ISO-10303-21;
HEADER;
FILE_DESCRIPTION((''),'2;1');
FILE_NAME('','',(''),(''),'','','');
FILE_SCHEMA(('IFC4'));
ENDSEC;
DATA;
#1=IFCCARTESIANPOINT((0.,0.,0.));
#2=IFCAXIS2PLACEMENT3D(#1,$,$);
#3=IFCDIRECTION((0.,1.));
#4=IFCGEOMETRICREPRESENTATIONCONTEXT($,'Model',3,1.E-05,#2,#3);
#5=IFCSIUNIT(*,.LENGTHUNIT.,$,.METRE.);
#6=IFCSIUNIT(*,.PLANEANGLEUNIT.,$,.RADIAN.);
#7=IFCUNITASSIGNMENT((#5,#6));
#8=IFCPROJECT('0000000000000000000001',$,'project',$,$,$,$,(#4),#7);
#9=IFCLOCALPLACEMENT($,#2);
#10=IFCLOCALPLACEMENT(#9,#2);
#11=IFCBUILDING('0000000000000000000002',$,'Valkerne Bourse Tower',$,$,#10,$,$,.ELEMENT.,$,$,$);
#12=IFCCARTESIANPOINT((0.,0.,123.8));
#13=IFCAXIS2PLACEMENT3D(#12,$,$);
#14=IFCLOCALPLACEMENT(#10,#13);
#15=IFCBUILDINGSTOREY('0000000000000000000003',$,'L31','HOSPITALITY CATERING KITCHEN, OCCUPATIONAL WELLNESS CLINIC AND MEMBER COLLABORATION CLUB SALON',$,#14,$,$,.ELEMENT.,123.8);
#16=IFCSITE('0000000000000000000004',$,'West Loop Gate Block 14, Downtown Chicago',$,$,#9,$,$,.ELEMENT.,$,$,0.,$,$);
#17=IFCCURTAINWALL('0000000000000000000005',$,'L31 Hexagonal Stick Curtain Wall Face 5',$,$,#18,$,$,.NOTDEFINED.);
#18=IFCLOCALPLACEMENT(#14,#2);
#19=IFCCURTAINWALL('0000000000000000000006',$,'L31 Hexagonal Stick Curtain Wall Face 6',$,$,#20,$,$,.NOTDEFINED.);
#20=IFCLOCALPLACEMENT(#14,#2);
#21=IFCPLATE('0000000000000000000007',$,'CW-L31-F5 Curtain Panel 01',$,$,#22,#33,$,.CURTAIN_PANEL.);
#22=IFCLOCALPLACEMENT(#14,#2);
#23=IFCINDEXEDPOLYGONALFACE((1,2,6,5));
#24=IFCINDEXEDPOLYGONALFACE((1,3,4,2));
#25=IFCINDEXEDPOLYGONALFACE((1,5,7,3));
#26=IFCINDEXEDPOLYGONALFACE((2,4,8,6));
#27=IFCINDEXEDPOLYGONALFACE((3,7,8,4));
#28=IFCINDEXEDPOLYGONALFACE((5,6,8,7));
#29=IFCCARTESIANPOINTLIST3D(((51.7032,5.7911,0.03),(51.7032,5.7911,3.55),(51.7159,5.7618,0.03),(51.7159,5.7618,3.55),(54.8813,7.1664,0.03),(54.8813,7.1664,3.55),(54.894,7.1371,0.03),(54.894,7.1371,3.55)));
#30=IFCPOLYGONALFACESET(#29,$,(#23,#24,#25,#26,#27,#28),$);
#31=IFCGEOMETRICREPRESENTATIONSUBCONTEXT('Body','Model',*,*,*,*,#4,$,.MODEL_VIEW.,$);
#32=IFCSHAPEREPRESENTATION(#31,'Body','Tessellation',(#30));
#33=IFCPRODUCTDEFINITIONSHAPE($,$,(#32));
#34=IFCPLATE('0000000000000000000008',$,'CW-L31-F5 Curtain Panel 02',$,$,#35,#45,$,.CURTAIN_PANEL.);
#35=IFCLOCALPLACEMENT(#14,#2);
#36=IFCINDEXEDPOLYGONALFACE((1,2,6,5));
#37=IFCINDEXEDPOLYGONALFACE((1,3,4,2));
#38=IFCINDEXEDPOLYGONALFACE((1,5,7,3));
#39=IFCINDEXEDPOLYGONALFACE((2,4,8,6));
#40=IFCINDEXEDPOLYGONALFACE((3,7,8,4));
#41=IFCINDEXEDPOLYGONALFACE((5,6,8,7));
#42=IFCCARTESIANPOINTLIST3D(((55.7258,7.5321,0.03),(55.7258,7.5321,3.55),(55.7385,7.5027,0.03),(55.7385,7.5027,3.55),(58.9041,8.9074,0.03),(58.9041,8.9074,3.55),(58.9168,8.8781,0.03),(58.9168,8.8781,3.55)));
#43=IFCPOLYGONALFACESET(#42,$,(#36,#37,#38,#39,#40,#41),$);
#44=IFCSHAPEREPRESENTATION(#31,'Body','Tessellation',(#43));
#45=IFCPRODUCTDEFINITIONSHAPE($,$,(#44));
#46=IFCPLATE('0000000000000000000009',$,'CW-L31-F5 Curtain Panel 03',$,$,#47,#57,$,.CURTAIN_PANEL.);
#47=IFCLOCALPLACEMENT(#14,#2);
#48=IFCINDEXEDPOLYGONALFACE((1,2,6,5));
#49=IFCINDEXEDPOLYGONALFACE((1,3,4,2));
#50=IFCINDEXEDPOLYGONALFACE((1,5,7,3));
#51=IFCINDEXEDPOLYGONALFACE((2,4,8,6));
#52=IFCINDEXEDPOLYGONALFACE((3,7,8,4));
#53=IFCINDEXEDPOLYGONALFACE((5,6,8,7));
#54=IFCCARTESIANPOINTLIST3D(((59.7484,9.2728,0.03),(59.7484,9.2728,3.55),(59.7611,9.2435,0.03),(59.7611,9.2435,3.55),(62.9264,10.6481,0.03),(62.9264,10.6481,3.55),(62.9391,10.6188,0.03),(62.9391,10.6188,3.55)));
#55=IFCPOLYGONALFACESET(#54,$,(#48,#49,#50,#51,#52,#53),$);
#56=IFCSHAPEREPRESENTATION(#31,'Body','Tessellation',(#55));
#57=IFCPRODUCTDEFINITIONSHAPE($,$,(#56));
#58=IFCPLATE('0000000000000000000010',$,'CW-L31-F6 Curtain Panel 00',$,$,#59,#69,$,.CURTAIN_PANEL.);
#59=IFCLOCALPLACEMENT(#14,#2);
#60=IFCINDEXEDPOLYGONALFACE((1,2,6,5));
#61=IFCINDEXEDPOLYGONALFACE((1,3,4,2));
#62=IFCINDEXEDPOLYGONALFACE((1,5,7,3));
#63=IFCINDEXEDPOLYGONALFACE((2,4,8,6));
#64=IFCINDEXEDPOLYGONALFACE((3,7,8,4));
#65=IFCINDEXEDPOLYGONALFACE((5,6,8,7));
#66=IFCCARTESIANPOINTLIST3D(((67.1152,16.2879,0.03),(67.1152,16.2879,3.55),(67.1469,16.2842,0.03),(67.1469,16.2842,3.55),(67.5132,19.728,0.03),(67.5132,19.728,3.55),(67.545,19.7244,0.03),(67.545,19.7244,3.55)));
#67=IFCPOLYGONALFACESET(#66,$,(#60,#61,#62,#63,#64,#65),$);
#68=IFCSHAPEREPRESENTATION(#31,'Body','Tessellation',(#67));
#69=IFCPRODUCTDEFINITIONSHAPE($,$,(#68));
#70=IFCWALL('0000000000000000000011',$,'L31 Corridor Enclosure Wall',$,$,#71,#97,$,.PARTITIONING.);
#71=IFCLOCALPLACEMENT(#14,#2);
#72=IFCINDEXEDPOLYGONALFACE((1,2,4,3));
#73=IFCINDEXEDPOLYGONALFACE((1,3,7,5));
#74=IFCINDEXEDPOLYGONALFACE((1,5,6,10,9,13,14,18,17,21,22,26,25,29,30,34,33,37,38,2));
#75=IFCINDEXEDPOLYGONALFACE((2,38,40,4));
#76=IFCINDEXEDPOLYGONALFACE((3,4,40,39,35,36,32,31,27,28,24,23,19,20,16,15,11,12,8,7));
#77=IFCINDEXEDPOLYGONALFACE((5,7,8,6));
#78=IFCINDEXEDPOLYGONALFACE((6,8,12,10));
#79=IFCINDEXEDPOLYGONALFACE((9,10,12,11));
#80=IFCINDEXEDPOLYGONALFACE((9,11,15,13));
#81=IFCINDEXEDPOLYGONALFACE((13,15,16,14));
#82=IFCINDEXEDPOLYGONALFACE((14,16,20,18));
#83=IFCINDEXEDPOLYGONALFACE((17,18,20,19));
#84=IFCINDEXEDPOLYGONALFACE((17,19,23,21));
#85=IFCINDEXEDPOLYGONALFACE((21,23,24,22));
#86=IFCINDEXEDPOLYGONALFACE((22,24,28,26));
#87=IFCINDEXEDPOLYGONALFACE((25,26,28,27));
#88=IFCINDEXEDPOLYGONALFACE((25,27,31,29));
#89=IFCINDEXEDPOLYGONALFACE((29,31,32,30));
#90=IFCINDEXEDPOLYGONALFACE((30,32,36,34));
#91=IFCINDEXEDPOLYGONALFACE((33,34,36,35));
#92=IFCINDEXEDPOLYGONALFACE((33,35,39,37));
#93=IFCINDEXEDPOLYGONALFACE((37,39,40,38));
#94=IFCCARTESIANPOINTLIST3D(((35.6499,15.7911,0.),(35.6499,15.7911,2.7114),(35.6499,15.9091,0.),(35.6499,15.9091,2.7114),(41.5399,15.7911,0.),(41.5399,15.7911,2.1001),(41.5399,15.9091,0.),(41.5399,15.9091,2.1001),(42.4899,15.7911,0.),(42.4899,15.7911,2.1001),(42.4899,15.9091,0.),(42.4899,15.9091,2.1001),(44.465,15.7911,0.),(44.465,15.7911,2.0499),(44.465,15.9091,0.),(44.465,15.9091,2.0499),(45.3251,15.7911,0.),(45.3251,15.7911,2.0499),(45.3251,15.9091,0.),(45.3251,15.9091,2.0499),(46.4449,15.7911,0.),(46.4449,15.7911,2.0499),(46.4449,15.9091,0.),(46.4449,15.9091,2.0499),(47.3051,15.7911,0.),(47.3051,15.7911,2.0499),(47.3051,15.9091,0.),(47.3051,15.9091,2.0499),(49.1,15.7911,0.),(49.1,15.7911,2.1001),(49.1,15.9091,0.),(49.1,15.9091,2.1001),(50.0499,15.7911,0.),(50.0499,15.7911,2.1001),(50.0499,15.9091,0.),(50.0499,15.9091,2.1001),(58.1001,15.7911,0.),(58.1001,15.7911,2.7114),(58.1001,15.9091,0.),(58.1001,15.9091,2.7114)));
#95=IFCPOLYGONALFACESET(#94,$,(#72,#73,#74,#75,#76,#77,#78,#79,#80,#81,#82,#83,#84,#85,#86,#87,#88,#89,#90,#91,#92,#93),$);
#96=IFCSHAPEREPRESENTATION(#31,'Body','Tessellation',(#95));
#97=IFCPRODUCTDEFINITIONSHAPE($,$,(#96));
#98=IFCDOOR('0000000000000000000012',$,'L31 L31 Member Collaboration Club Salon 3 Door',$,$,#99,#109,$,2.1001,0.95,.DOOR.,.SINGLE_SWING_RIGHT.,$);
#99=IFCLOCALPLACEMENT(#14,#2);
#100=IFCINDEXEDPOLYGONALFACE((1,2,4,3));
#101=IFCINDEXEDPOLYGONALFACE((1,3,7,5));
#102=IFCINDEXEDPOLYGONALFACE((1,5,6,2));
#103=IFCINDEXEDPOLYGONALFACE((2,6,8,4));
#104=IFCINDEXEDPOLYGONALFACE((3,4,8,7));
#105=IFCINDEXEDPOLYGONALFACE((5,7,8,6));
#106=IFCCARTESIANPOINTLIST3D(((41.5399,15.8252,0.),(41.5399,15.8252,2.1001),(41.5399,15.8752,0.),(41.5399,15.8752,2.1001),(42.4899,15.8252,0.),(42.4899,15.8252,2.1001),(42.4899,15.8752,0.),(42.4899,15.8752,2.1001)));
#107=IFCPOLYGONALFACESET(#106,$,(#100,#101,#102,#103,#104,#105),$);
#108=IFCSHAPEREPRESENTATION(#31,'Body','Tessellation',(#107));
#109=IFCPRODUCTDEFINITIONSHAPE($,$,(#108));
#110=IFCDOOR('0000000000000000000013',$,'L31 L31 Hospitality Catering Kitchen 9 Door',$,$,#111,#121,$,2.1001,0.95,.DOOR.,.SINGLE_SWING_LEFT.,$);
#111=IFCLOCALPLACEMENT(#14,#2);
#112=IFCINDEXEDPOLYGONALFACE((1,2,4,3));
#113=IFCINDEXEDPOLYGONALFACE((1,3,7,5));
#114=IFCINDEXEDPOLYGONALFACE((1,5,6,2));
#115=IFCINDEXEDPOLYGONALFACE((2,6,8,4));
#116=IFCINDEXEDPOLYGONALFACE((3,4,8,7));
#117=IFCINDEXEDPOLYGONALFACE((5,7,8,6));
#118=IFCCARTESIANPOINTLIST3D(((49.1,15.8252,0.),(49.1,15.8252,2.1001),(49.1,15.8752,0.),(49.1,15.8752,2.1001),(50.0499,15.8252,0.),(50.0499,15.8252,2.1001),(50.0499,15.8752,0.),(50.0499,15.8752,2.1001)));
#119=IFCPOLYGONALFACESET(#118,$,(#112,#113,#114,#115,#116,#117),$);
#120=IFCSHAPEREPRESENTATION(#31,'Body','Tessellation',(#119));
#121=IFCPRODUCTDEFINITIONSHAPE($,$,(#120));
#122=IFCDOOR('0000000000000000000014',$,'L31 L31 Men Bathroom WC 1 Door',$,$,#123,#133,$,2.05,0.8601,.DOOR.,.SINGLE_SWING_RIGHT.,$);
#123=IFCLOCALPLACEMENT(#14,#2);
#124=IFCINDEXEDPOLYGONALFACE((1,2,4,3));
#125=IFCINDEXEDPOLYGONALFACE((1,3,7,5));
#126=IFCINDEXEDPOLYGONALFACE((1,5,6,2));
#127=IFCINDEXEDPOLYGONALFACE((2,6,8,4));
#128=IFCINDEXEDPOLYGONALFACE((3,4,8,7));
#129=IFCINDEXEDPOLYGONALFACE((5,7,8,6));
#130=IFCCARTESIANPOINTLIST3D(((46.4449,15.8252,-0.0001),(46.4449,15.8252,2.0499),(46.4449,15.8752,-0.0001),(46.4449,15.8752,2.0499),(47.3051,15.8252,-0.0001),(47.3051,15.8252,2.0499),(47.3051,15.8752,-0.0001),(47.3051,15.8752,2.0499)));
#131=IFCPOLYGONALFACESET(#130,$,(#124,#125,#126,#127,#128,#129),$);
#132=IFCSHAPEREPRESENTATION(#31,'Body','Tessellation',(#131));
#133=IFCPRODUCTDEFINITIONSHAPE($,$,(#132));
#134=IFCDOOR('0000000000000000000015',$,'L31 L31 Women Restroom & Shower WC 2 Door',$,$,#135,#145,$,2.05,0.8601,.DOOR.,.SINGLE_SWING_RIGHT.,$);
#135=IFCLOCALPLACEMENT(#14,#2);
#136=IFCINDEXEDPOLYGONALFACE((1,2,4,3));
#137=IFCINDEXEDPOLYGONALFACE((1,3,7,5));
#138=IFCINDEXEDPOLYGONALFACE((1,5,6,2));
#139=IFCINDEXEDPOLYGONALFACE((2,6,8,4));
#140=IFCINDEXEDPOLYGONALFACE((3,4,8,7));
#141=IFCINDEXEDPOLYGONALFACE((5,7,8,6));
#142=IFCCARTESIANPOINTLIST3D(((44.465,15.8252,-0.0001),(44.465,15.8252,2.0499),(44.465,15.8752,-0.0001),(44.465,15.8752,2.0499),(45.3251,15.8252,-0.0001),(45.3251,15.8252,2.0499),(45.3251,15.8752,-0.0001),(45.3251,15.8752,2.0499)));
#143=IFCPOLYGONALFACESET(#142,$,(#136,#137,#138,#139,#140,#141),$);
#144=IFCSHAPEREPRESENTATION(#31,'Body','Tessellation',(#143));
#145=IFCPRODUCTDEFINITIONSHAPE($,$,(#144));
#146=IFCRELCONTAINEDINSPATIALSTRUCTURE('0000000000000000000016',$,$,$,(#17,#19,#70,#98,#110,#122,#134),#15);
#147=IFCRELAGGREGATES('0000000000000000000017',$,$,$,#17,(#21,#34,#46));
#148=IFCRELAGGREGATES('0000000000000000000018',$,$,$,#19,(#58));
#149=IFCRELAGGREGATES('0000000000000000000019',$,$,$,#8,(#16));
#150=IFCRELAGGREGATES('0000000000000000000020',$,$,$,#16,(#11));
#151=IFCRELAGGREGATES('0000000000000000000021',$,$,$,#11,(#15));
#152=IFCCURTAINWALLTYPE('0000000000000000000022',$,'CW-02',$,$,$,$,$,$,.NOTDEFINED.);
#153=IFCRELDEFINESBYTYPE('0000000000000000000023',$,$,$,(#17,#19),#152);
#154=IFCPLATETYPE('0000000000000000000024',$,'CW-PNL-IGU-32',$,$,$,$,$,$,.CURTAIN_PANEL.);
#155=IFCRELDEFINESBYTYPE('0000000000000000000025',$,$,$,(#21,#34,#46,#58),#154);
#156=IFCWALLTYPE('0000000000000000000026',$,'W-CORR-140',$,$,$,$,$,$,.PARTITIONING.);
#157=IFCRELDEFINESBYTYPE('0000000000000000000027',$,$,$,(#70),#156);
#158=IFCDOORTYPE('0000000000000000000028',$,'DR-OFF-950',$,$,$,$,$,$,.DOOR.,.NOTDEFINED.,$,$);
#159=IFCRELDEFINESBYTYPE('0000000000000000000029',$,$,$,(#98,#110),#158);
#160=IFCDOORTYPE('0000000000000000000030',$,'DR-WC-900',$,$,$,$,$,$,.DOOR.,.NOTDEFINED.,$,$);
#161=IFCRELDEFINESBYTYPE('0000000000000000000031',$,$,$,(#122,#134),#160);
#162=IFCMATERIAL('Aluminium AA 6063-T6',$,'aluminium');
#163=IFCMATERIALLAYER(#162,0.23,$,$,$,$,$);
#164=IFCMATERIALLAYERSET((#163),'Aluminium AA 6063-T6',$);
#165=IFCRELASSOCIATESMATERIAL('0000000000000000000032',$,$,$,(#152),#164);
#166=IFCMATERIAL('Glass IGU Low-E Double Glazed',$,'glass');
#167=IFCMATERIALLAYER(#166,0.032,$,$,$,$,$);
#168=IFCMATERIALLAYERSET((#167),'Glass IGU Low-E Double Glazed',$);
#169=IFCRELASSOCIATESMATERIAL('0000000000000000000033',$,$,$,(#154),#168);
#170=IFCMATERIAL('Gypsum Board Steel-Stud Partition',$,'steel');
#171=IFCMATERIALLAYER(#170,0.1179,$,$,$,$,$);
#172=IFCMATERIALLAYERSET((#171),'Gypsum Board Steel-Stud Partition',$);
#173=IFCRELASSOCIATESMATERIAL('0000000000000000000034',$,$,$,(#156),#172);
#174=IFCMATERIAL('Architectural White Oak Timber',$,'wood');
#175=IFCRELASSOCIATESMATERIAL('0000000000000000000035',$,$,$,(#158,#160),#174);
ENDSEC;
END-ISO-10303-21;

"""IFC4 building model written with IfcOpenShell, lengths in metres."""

from ifc_helpers import new_model, si_unit, direction, frame, frame_2d, origin, origin_2d, place, context, subcontext, project, spatial, rectangle, extrude, material, layer, layer_set, type_object, element, fill, aggregate, save


model = new_model("IFC4")

# Units and contexts
model_context = context("Model", 3, precision=1e-05, world=origin(), true_north=direction((0.0, 1.0)))
body_context = subcontext(model_context, "Body", "Model", "MODEL_VIEW")
ifc_project = project(units=[si_unit("LENGTHUNIT", "METRE"), si_unit("PLANEANGLEUNIT", "RADIAN")], contexts=[model_context])

# Site, building, storey
site_placement = place(None, origin())
site = spatial("IfcSite", under=ifc_project, at=site_placement, Name="West Loop Gate Block 14, Downtown Chicago", CompositionType="ELEMENT", RefElevation=0.0)
building_placement = place(site_placement, origin())
building = spatial("IfcBuilding", under=site, at=building_placement, Name="Valkerne Bourse Tower", CompositionType="ELEMENT")
storey_placement = place(building_placement, frame((0.0, 0.0, 123.8)))
storey = spatial("IfcBuildingStorey", under=building, at=storey_placement, Name="L31", Description="HOSPITALITY CATERING KITCHEN, OCCUPATIONAL WELLNESS CLINIC AND MEMBER COLLABORATION CLUB SALON", CompositionType="ELEMENT", Elevation=123.8)

# Curtain walls
ifc_material_1 = material(Name="Aluminium AA 6063-T6", Category="aluminium")
ifc_layer_1 = layer(ifc_material_1, 0.23)
ifc_layer_set_1 = layer_set([ifc_layer_1], Name="Aluminium AA 6063-T6")
curtain_wall_type = type_object("IfcCurtainWallType", Name="CW-02", PredefinedType="NOTDEFINED", material=ifc_layer_set_1)
curtain_wall_1_placement = place(storey_placement, origin())
curtain_wall_1 = element("IfcCurtainWall", 1, at=curtain_wall_1_placement, inside=storey, type_object=curtain_wall_type, Name="L31 Hexagonal Stick Curtain Wall Face 5", PredefinedType="NOTDEFINED")
curtain_wall_2_placement = place(storey_placement, origin())
curtain_wall_2 = element("IfcCurtainWall", 2, at=curtain_wall_2_placement, inside=storey, type_object=curtain_wall_type, Name="L31 Hexagonal Stick Curtain Wall Face 6", PredefinedType="NOTDEFINED")

# Plates
ifc_material_2 = material(Name="Glass IGU Low-E Double Glazed", Category="glass")
ifc_layer_2 = layer(ifc_material_2, 0.032)
ifc_layer_set_2 = layer_set([ifc_layer_2], Name="Glass IGU Low-E Double Glazed")
plate_type = type_object("IfcPlateType", Name="CW-PNL-IGU-32", PredefinedType="CURTAIN_PANEL", material=ifc_layer_set_2)
plate_1_placement = place(storey_placement, frame((53.2986, 6.4641, 0.03), z_axis=(0.0, 0.0, 1.0), x_axis=(0.917754, 0.39715, 0.0)))
plate_1 = element("IfcPlate", 3, at=plate_1_placement, type_object=plate_type, Name="CW-L31-F5 Curtain Panel 01", PredefinedType="CURTAIN_PANEL", context=body_context, shape_type="SweptSolid", body=[
    extrude(rectangle(XDim=3.4629, YDim=0.032, at=origin_2d()), origin(), (0.0, 0.0, 1.0), 3.52),
])
plate_2_placement = place(storey_placement, frame((57.3213, 8.2051, 0.03), z_axis=(0.0, 0.0, 1.0), x_axis=(0.917757, 0.397141, 0.0)))
plate_2 = element("IfcPlate", 4, at=plate_2_placement, type_object=plate_type, Name="CW-L31-F5 Curtain Panel 02", PredefinedType="CURTAIN_PANEL", context=body_context, shape_type="SweptSolid", body=[
    extrude(rectangle(XDim=3.4631, YDim=0.032, at=origin_2d()), origin(), (0.0, 0.0, 1.0), 3.52),
])
plate_3_placement = place(storey_placement, frame((61.3438, 9.9458, 0.03), z_axis=(0.0, 0.0, 1.0), x_axis=(0.917754, 0.39715, 0.0)))
plate_3 = element("IfcPlate", 5, at=plate_3_placement, type_object=plate_type, Name="CW-L31-F5 Curtain Panel 03", PredefinedType="CURTAIN_PANEL", context=body_context, shape_type="SweptSolid", body=[
    extrude(rectangle(XDim=3.4629, YDim=0.032, at=origin_2d()), origin(), (0.0, 0.0, 1.0), 3.52),
])
aggregate(curtain_wall_1, [plate_1, plate_2, plate_3])
plate_4_placement = place(storey_placement, frame((67.3301, 18.0061, 0.03), z_axis=(0.0, 0.0, 1.0), x_axis=(0.114943, 0.993372, 0.0)))
plate_4 = element("IfcPlate", 6, at=plate_4_placement, type_object=plate_type, Name="CW-L31-F6 Curtain Panel 00", PredefinedType="CURTAIN_PANEL", context=body_context, shape_type="SweptSolid", body=[
    extrude(rectangle(XDim=3.4631, YDim=0.032, at=origin_2d()), origin(), (0.0, 0.0, 1.0), 3.52),
])
aggregate(curtain_wall_2, [plate_4])

# Wall, openings, doors
ifc_material_3 = material(Name="Gypsum Board Steel-Stud Partition", Category="steel")
ifc_layer_3 = layer(ifc_material_3, 0.1179)
ifc_layer_set_3 = layer_set([ifc_layer_3], Name="Gypsum Board Steel-Stud Partition")
wall_type = type_object("IfcWallType", Name="W-CORR-140", PredefinedType="PARTITIONING", material=ifc_layer_set_3)
wall_placement = place(storey_placement, frame((58.1001, 15.8501, 0.0), z_axis=(0.0, 0.0, 1.0), x_axis=(-1.0, 0.0, 0.0)))
wall = element("IfcWall", 7, at=wall_placement, inside=storey, type_object=wall_type, Name="L31 Corridor Enclosure Wall", PredefinedType="PARTITIONING", context=body_context, shape_type="SweptSolid", body=[
    extrude(rectangle(XDim=22.4502, YDim=0.1179, at=frame_2d((11.2251, 0.0))), origin(), (0.0, 0.0, 1.0), 2.7114),
])
opening_1_placement = place(wall_placement, frame((10.7949, 0.0, 0.0)))
opening_1 = element("IfcOpeningElement", 8, at=opening_1_placement, cuts=wall, PredefinedType="OPENING", context=body_context, shape_type="SweptSolid", body=[
    extrude(rectangle(XDim=0.8601, YDim=2.05, at=frame_2d((0.4302, 1.0249))), frame((0.0, 0.0688, 0.0), z_axis=(0.0, -1.0, 0.0), x_axis=(1.0, 0.0, 0.0)), (0.0, 0.0, 1.0), 0.1379),
])
opening_2_placement = place(wall_placement, frame((12.7749, 0.0, 0.0)))
opening_2 = element("IfcOpeningElement", 9, at=opening_2_placement, cuts=wall, PredefinedType="OPENING", context=body_context, shape_type="SweptSolid", body=[
    extrude(rectangle(XDim=0.8601, YDim=2.05, at=frame_2d((0.4302, 1.0249))), frame((0.0, 0.0688, 0.0), z_axis=(0.0, -1.0, 0.0), x_axis=(1.0, 0.0, 0.0)), (0.0, 0.0, 1.0), 0.1379),
])
opening_3_placement = place(wall_placement, frame((15.6101, 0.0, 0.0)))
opening_3 = element("IfcOpeningElement", 10, at=opening_3_placement, cuts=wall, PredefinedType="OPENING", context=body_context, shape_type="SweptSolid", body=[
    extrude(rectangle(XDim=0.95, YDim=2.1001, at=frame_2d((0.4751, 1.05))), frame((0.0, 0.0688, 0.0), z_axis=(0.0, -1.0, 0.0), x_axis=(1.0, 0.0, 0.0)), (0.0, 0.0, 1.0), 0.1379),
])
opening_4_placement = place(wall_placement, frame((8.05, 0.0, 0.0)))
opening_4 = element("IfcOpeningElement", 11, at=opening_4_placement, cuts=wall, PredefinedType="OPENING", context=body_context, shape_type="SweptSolid", body=[
    extrude(rectangle(XDim=0.95, YDim=2.1001, at=frame_2d((0.4751, 1.05))), frame((0.0, 0.0688, 0.0), z_axis=(0.0, -1.0, 0.0), x_axis=(1.0, 0.0, 0.0)), (0.0, 0.0, 1.0), 0.1379),
])
ifc_material_4 = material(Name="Architectural White Oak Timber", Category="wood")
door_type_1 = type_object("IfcDoorType", Name="DR-OFF-950", OperationType="NOTDEFINED", PredefinedType="DOOR", material=ifc_material_4)
door_1_placement = place(opening_3_placement, origin())
door_1 = element("IfcDoor", 12, at=door_1_placement, inside=storey, type_object=door_type_1, Name="L31 L31 Member Collaboration Club Salon 3 Door", OperationType="SINGLE_SWING_RIGHT", OverallHeight=2.1001, OverallWidth=0.95, PredefinedType="DOOR", context=body_context, shape_type="SweptSolid", body=[
    extrude(rectangle(XDim=0.95, YDim=2.1001, at=frame_2d((0.4751, 1.05))), frame((0.0, 0.0249, 0.0), z_axis=(0.0, -1.0, 0.0), x_axis=(1.0, 0.0, 0.0)), (0.0, 0.0, 1.0), 0.05),
])
fill(opening_3, door_1)
door_2_placement = place(opening_4_placement, origin())
door_2 = element("IfcDoor", 13, at=door_2_placement, inside=storey, type_object=door_type_1, Name="L31 L31 Hospitality Catering Kitchen 9 Door", OperationType="SINGLE_SWING_LEFT", OverallHeight=2.1001, OverallWidth=0.95, PredefinedType="DOOR", context=body_context, shape_type="SweptSolid", body=[
    extrude(rectangle(XDim=0.95, YDim=2.1001, at=frame_2d((0.4751, 1.05))), frame((0.0, 0.0249, 0.0), z_axis=(0.0, -1.0, 0.0), x_axis=(1.0, 0.0, 0.0)), (0.0, 0.0, 1.0), 0.05),
])
fill(opening_4, door_2)
door_type_2 = type_object("IfcDoorType", Name="DR-WC-900", OperationType="NOTDEFINED", PredefinedType="DOOR", material=ifc_material_4)
door_3_placement = place(opening_1_placement, origin())
door_3 = element("IfcDoor", 14, at=door_3_placement, inside=storey, type_object=door_type_2, Name="L31 L31 Men Bathroom WC 1 Door", OperationType="SINGLE_SWING_RIGHT", OverallHeight=2.05, OverallWidth=0.8601, PredefinedType="DOOR", context=body_context, shape_type="SweptSolid", body=[
    extrude(rectangle(XDim=0.8601, YDim=2.05, at=frame_2d((0.4302, 1.0249))), frame((0.0, 0.0249, 0.0), z_axis=(0.0, -1.0, 0.0), x_axis=(1.0, 0.0, 0.0)), (0.0, 0.0, 1.0), 0.05),
])
fill(opening_1, door_3)
door_4_placement = place(opening_2_placement, origin())
door_4 = element("IfcDoor", 15, at=door_4_placement, inside=storey, type_object=door_type_2, Name="L31 L31 Women Restroom & Shower WC 2 Door", OperationType="SINGLE_SWING_RIGHT", OverallHeight=2.05, OverallWidth=0.8601, PredefinedType="DOOR", context=body_context, shape_type="SweptSolid", body=[
    extrude(rectangle(XDim=0.8601, YDim=2.05, at=frame_2d((0.4302, 1.0249))), frame((0.0, 0.0249, 0.0), z_axis=(0.0, -1.0, 0.0), x_axis=(1.0, 0.0, 0.0)), (0.0, 0.0, 1.0), 0.05),
])
fill(opening_2, door_4)

save(model, "model.ifc")
